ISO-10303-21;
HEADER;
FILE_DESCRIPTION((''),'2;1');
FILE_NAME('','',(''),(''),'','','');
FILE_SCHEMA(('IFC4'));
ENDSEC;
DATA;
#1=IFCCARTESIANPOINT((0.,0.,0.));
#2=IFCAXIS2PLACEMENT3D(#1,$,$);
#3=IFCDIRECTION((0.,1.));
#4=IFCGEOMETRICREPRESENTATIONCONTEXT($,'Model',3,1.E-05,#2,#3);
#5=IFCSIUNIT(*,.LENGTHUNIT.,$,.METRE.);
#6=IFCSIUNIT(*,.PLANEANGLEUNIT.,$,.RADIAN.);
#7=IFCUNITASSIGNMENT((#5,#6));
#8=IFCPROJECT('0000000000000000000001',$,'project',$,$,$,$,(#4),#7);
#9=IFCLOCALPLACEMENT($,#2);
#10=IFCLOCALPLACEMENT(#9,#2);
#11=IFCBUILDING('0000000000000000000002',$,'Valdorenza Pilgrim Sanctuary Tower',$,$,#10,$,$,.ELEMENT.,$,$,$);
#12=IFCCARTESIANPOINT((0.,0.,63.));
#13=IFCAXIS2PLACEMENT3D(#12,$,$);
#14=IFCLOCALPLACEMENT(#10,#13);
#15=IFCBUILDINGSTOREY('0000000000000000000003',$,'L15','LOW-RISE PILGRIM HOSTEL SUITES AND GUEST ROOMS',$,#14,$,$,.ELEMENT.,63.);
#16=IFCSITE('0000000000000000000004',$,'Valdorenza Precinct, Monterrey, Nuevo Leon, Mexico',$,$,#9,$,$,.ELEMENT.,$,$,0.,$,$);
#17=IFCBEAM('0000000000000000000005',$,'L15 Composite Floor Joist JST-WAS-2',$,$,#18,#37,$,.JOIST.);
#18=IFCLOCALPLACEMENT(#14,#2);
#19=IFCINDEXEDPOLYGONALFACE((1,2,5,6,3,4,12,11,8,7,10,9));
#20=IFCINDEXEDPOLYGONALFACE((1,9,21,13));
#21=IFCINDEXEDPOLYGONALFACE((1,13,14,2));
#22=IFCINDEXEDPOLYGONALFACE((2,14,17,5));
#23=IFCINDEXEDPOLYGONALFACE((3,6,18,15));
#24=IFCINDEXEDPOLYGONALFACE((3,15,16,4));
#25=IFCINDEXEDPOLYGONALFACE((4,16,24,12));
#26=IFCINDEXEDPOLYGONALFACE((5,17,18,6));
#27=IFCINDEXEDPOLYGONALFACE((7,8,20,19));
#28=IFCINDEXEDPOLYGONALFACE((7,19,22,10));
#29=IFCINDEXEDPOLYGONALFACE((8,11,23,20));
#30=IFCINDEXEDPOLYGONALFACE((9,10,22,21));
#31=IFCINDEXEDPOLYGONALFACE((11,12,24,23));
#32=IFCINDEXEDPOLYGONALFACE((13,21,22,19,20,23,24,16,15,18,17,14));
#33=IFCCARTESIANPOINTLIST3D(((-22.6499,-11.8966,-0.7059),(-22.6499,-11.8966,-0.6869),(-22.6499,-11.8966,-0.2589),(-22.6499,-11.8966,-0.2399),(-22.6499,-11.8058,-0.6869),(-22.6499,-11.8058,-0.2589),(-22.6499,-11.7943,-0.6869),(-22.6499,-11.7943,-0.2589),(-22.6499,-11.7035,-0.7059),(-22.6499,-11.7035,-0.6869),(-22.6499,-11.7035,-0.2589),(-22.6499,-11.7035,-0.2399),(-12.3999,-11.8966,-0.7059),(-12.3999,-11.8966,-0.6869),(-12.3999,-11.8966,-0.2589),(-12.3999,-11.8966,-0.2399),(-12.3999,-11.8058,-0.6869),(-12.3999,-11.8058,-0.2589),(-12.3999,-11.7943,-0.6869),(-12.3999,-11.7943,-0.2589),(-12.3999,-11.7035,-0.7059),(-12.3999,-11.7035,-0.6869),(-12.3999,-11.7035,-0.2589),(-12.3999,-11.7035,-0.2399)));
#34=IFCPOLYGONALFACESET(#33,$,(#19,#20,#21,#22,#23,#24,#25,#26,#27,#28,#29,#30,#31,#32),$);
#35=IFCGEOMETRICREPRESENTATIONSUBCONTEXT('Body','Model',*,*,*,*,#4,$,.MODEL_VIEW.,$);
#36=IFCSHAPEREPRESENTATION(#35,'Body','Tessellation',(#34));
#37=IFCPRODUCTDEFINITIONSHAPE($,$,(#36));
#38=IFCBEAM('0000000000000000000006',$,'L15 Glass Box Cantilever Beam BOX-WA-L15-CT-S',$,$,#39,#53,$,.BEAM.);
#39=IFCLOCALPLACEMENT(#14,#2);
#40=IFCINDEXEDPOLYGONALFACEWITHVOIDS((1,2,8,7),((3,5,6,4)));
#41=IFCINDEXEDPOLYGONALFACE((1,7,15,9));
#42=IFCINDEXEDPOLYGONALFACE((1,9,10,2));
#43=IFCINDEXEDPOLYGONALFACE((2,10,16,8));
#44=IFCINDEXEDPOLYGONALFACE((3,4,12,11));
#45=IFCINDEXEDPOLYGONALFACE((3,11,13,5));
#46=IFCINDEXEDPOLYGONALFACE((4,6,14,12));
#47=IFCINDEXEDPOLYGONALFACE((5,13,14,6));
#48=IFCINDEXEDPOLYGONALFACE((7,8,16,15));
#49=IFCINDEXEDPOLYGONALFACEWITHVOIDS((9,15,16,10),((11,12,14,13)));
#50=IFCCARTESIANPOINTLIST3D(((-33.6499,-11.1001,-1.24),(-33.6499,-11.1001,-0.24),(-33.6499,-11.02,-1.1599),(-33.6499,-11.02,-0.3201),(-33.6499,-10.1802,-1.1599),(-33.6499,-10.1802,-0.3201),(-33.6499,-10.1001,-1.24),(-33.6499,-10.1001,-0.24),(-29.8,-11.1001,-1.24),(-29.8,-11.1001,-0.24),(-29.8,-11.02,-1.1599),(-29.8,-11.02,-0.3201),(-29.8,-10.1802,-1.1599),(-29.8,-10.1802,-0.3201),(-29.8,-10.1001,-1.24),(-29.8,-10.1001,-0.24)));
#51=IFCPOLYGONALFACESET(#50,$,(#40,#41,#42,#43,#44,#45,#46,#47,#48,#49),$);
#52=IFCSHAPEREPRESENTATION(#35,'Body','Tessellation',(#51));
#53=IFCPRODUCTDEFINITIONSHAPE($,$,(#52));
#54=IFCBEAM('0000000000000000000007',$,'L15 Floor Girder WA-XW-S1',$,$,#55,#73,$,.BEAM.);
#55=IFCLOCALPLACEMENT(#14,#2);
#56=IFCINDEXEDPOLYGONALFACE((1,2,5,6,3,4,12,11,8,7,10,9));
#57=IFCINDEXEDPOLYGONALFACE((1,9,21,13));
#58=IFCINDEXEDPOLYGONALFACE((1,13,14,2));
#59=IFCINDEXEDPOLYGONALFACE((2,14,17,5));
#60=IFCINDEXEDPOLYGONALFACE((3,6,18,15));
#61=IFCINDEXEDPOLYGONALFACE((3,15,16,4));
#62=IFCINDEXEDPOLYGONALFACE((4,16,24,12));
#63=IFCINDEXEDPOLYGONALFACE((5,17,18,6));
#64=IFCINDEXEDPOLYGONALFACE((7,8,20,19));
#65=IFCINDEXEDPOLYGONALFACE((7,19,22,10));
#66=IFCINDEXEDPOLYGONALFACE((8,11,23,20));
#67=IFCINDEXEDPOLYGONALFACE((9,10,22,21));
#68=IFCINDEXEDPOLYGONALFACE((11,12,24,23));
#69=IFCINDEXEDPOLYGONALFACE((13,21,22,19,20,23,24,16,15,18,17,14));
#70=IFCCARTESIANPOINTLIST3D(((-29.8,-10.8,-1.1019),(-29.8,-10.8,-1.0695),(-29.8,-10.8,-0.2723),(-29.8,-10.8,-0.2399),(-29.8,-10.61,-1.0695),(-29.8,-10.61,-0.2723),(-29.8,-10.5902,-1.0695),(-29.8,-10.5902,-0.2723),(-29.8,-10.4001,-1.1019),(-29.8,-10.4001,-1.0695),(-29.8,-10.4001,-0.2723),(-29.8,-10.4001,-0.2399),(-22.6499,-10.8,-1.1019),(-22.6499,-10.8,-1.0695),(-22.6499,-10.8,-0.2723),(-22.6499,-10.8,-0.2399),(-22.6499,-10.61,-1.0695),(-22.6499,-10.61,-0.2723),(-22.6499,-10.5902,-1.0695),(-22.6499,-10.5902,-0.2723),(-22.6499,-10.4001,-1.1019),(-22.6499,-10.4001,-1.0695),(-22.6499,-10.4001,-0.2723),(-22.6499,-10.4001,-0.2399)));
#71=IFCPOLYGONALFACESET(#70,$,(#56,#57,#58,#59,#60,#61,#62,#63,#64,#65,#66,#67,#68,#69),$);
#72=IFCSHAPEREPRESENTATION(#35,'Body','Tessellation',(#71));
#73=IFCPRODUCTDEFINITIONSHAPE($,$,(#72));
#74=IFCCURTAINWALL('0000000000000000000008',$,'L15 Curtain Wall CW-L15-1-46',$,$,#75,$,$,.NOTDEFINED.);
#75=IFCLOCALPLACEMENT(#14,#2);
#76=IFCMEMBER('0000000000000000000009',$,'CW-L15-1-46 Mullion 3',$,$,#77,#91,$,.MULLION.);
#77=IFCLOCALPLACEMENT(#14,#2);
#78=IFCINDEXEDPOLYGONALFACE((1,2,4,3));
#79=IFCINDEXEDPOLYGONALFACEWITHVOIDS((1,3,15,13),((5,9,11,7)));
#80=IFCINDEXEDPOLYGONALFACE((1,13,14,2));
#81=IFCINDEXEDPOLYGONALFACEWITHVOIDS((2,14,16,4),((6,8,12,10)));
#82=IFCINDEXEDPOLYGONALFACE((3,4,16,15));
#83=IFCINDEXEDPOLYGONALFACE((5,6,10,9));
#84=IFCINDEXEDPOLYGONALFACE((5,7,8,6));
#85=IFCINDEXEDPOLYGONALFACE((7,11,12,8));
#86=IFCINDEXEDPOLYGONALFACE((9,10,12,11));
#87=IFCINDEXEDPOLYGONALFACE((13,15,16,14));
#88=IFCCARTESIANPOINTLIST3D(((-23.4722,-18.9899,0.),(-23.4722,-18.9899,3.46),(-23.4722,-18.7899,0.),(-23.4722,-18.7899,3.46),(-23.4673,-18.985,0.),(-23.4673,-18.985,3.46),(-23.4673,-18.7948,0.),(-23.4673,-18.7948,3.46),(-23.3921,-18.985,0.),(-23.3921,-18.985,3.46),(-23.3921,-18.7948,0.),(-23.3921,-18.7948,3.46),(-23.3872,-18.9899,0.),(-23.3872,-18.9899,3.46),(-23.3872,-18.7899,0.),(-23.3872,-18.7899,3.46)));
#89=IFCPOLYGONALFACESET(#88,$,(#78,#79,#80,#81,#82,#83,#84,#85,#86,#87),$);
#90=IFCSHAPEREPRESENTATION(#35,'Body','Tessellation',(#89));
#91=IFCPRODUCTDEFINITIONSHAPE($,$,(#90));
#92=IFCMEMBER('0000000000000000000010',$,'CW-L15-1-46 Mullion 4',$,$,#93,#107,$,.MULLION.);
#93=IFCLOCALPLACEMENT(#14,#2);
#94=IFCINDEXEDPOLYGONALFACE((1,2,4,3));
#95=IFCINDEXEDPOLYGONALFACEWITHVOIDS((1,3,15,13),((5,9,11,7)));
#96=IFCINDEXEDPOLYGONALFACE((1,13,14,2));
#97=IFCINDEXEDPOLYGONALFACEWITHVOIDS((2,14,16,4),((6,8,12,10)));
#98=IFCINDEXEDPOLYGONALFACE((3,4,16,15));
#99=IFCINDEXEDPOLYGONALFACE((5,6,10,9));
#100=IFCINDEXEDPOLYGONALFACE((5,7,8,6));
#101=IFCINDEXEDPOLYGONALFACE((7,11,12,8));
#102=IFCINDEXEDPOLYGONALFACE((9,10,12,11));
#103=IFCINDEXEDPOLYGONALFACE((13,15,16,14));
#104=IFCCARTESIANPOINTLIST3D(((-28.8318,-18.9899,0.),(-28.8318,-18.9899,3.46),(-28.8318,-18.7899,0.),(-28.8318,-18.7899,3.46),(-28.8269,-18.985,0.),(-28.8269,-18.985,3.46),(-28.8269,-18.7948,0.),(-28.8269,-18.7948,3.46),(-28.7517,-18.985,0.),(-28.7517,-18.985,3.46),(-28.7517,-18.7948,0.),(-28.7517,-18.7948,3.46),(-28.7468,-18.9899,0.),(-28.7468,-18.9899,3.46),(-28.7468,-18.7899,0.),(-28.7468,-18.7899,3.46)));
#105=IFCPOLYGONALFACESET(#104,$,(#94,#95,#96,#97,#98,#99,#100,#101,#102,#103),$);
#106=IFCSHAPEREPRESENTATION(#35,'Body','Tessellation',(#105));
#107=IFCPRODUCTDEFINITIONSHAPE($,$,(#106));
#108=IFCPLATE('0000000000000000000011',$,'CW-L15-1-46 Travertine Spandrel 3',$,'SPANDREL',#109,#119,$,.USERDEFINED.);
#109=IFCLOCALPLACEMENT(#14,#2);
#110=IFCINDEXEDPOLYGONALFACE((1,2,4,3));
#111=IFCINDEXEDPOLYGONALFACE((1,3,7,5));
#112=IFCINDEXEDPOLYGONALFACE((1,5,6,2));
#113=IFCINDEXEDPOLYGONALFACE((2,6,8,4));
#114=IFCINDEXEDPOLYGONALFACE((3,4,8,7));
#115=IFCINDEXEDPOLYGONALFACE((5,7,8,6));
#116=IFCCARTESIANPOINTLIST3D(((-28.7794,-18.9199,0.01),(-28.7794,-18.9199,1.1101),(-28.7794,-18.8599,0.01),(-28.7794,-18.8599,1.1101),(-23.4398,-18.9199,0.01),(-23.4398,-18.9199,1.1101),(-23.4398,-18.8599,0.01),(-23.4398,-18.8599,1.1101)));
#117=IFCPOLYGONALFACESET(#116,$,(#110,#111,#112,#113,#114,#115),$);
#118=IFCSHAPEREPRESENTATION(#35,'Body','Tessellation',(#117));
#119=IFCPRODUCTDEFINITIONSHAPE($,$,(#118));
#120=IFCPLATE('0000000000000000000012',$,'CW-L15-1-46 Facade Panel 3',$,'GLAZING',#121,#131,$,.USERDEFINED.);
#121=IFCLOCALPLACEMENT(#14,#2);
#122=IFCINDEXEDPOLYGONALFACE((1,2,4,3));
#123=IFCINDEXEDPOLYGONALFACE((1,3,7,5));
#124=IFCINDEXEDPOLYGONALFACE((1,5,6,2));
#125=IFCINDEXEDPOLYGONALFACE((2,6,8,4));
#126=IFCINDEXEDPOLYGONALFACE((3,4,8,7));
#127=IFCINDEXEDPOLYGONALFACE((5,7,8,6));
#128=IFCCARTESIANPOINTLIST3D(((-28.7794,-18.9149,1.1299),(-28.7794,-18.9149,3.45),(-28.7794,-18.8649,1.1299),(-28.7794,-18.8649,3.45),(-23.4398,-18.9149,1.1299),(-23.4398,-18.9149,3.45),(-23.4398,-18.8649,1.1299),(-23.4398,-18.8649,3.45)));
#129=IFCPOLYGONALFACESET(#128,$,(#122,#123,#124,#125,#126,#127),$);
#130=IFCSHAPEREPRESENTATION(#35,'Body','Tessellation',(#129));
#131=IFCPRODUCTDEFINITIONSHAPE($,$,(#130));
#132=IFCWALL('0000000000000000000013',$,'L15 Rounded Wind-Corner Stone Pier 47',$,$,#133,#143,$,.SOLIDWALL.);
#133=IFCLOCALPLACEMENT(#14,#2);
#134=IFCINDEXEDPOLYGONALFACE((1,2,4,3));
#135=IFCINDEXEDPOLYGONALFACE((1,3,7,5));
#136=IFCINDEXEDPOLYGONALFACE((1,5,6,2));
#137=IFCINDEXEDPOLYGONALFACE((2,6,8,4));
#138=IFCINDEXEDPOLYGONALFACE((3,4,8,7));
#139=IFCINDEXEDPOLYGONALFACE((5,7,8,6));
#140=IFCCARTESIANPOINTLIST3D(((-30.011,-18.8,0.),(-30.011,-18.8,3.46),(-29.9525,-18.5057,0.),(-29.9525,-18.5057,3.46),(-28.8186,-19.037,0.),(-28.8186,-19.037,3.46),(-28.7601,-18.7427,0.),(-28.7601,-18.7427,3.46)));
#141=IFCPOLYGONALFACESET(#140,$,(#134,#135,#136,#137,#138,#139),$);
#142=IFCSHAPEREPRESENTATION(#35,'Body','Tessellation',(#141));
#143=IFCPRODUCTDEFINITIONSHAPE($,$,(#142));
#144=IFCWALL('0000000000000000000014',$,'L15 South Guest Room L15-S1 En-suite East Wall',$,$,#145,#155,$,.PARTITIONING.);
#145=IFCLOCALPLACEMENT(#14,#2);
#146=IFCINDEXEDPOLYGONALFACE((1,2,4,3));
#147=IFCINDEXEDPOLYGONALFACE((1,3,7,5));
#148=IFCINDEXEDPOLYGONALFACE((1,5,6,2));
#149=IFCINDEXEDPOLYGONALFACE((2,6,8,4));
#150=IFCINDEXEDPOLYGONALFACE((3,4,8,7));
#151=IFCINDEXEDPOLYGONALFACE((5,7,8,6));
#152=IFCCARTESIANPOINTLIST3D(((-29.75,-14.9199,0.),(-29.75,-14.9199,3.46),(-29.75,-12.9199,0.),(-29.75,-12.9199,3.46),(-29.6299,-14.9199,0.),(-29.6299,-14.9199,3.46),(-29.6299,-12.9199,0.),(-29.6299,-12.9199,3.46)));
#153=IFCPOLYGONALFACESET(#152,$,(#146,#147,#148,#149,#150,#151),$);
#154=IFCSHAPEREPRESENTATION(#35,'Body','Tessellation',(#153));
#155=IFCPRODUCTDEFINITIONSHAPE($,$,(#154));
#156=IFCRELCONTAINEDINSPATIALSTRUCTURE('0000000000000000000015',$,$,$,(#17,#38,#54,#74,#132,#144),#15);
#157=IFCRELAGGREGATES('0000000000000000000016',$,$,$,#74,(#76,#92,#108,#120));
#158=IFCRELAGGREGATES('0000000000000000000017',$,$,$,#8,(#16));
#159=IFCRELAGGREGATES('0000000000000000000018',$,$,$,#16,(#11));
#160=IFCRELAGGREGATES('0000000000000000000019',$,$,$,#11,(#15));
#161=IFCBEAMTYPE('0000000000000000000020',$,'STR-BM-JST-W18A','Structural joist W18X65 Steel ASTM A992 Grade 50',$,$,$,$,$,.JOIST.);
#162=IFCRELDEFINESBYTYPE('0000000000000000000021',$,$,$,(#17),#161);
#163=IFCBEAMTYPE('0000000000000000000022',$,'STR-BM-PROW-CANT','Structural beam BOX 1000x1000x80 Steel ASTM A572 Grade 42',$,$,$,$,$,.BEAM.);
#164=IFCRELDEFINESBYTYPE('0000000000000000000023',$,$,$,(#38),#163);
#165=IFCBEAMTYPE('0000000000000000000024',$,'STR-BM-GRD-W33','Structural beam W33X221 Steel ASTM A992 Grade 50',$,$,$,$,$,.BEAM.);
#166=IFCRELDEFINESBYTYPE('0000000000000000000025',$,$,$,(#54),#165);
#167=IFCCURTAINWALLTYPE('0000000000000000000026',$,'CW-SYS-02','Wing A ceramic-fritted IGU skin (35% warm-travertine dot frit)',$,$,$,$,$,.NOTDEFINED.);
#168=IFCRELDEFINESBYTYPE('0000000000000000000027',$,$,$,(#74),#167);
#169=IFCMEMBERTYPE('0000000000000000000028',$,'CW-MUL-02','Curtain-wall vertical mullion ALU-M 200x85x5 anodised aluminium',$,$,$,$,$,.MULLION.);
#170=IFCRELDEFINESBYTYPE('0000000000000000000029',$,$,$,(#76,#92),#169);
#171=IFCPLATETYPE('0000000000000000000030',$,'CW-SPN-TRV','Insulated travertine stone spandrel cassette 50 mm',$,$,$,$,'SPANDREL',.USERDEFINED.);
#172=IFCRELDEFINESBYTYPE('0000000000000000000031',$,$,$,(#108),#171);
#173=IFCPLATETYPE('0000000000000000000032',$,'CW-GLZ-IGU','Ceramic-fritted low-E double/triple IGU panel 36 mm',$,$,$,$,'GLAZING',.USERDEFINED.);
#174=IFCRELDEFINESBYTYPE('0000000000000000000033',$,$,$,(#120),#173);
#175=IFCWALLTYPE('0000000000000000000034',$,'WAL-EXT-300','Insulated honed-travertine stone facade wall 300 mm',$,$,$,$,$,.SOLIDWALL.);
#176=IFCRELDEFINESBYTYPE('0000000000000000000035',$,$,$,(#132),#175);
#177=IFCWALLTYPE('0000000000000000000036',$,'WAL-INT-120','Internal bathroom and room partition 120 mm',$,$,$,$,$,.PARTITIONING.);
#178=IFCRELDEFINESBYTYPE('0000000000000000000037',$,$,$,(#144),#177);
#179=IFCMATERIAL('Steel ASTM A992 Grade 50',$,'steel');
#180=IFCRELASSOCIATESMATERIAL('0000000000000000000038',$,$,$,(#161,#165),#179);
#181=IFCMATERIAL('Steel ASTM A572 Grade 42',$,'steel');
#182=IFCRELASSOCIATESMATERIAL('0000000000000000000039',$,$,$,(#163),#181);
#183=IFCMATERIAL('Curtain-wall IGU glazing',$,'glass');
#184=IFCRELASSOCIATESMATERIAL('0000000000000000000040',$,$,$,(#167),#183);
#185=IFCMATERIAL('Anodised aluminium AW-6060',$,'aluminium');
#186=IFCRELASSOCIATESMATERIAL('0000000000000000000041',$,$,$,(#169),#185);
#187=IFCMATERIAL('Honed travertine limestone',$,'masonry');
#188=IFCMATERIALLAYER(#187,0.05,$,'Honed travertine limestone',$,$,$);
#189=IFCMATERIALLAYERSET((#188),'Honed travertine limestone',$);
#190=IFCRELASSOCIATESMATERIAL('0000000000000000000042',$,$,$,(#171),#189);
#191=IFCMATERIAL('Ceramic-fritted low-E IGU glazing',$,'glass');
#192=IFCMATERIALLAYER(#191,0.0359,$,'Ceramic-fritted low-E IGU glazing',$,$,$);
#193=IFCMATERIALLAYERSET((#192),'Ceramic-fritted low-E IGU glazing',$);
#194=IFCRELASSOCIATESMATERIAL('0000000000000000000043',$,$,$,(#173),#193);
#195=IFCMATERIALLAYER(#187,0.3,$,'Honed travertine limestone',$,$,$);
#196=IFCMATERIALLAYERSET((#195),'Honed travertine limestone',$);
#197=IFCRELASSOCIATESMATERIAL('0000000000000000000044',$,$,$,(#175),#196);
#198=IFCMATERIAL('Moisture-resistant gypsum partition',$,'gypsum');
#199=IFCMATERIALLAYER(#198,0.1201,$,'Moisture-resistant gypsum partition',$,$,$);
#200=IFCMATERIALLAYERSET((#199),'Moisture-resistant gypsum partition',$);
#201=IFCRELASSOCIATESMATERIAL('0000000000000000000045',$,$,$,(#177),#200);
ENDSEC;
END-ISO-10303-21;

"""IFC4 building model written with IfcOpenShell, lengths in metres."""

from ifc_helpers import new_model, si_unit, direction, frame, frame_2d, origin, origin_2d, place, context, subcontext, project, spatial, rectangle, hollow_rectangle, i_section, extrude, source, transform, mapped, material, layer, layer_set, material_profile, profile_set, type_object, element, aggregate, save


model = new_model("IFC4")

# Units and contexts
model_context = context("Model", 3, precision=1e-05, world=origin(), true_north=direction((0.0, 1.0)))
body_context = subcontext(model_context, "Body", "Model", "MODEL_VIEW")
ifc_project = project(units=[si_unit("LENGTHUNIT", "METRE"), si_unit("PLANEANGLEUNIT", "RADIAN")], contexts=[model_context])

# Site, building, storey
site_placement = place(None, origin())
site = spatial("IfcSite", under=ifc_project, at=site_placement, Name="Valdorenza Precinct, Monterrey, Nuevo Leon, Mexico", CompositionType="ELEMENT", RefElevation=0.0)
building_placement = place(site_placement, origin())
building = spatial("IfcBuilding", under=site, at=building_placement, Name="Valdorenza Pilgrim Sanctuary Tower", CompositionType="ELEMENT")
storey_placement = place(building_placement, frame((0.0, 0.0, 63.0)))
storey = spatial("IfcBuildingStorey", under=building, at=storey_placement, Name="L15", Description="LOW-RISE PILGRIM HOSTEL SUITES AND GUEST ROOMS", CompositionType="ELEMENT", Elevation=63.0)

# Shared definitions
ifc_material_1 = material(Name="Steel ASTM A992 Grade 50", Category="steel")

# Beams
ifc_material_profile_1 = material_profile(ifc_material_1, i_section(OverallWidth=0.1931, OverallDepth=0.4661, WebThickness=0.0115, FlangeThickness=0.019, at=origin_2d()), Name="W18X65")
ifc_profile_set_1 = profile_set([ifc_material_profile_1], Name="Steel ASTM A992 Grade 50")
beam_type_1 = type_object("IfcBeamType", Name="STR-BM-JST-W18A", Description="Structural joist W18X65 Steel ASTM A992 Grade 50", PredefinedType="JOIST", material=ifc_profile_set_1)
shared_shape_1 = source(origin(), body_context, "Body", "SweptSolid", [
    extrude(i_section(OverallWidth=0.1931, OverallDepth=0.4661, WebThickness=0.0115, FlangeThickness=0.019, at=origin_2d()), origin(), (0.0, 0.0, 1.0), 10.25),
])
for number, where, z_axis, x_axis, name in (
    (1, (-22.6499, -11.8, -0.4729), (1.0, 0.0, 0.0), (0.0, 1.0, 0.0), "L15 Composite Floor Joist JST-WAS-2"),
):
    element("IfcBeam", number, at=place(storey_placement, frame(where, z_axis=z_axis, x_axis=x_axis)), inside=storey, type_object=beam_type_1, Name=name, PredefinedType="JOIST", context=body_context, shape_type="MappedRepresentation", body=[
        mapped(shared_shape_1, transform((0.0, 0.0, 0.0), x_axis=(1.0, 0.0, 0.0), y_axis=(0.0, 1.0, 0.0), z_axis=(0.0, 0.0, 1.0), scale=1.0)),
    ])
ifc_material_2 = material(Name="Steel ASTM A572 Grade 42", Category="steel")
ifc_material_profile_2 = material_profile(ifc_material_2, hollow_rectangle(XDim=1.0, YDim=1.0, WallThickness=0.0801, at=origin_2d()), Name="BOX 1000x1000x80")
ifc_profile_set_2 = profile_set([ifc_material_profile_2], Name="Steel ASTM A572 Grade 42")
beam_type_2 = type_object("IfcBeamType", Name="STR-BM-PROW-CANT", Description="Structural beam BOX 1000x1000x80 Steel ASTM A572 Grade 42", PredefinedType="BEAM", material=ifc_profile_set_2)
shared_shape_2 = source(origin(), body_context, "Body", "SweptSolid", [
    extrude(hollow_rectangle(XDim=1.0, YDim=1.0, WallThickness=0.0801, at=origin_2d()), origin(), (0.0, 0.0, 1.0), 3.8499),
])
beam_1_placement = place(storey_placement, frame((-29.8, -10.6001, -0.74), z_axis=(-1.0, 0.0, 0.0), x_axis=(0.0, -1.0, 0.0)))
element("IfcBeam", 2, at=beam_1_placement, inside=storey, type_object=beam_type_2, Name="L15 Glass Box Cantilever Beam BOX-WA-L15-CT-S", PredefinedType="BEAM", context=body_context, shape_type="MappedRepresentation", body=[
    mapped(shared_shape_2, transform((0.0, 0.0, 0.0), x_axis=(1.0, 0.0, 0.0), y_axis=(0.0, 1.0, 0.0), z_axis=(0.0, 0.0, 1.0), scale=1.0)),
])
ifc_material_profile_3 = material_profile(ifc_material_1, i_section(OverallWidth=0.3999, OverallDepth=0.8621, WebThickness=0.0198, FlangeThickness=0.0325, at=origin_2d()), Name="W33X221")
ifc_profile_set_3 = profile_set([ifc_material_profile_3], Name="Steel ASTM A992 Grade 50")
beam_type_3 = type_object("IfcBeamType", Name="STR-BM-GRD-W33", Description="Structural beam W33X221 Steel ASTM A992 Grade 50", PredefinedType="BEAM", material=ifc_profile_set_3)
shared_shape_3 = source(origin(), body_context, "Body", "SweptSolid", [
    extrude(i_section(OverallWidth=0.3999, OverallDepth=0.8621, WebThickness=0.0198, FlangeThickness=0.0325, at=origin_2d()), origin(), (0.0, 0.0, 1.0), 7.1501),
])
beam_2_placement = place(storey_placement, frame((-29.8, -10.6001, -0.6709), z_axis=(1.0, 0.0, 0.0), x_axis=(0.0, 1.0, 0.0)))
element("IfcBeam", 3, at=beam_2_placement, inside=storey, type_object=beam_type_3, Name="L15 Floor Girder WA-XW-S1", PredefinedType="BEAM", context=body_context, shape_type="MappedRepresentation", body=[
    mapped(shared_shape_3, transform((0.0, 0.0, 0.0), x_axis=(1.0, 0.0, 0.0), y_axis=(0.0, 1.0, 0.0), z_axis=(0.0, 0.0, 1.0), scale=1.0)),
])

# Curtain wall, members, plates
ifc_material_3 = material(Name="Curtain-wall IGU glazing", Category="glass")
curtain_wall_type = type_object("IfcCurtainWallType", Name="CW-SYS-02", Description="Wing A ceramic-fritted IGU skin (35% warm-travertine dot frit)", PredefinedType="NOTDEFINED", material=ifc_material_3)
curtain_wall_placement = place(storey_placement, origin())
curtain_wall = element("IfcCurtainWall", 4, at=curtain_wall_placement, inside=storey, type_object=curtain_wall_type, Name="L15 Curtain Wall CW-L15-1-46", PredefinedType="NOTDEFINED")
ifc_material_4 = material(Name="Anodised aluminium AW-6060", Category="aluminium")
ifc_material_profile_4 = material_profile(ifc_material_4, hollow_rectangle(XDim=0.085, YDim=0.2, WallThickness=0.0049, at=origin_2d()), Name="ALU-M 200x85x5")
ifc_profile_set_4 = profile_set([ifc_material_profile_4], Name="Anodised aluminium AW-6060")
member_type = type_object("IfcMemberType", Name="CW-MUL-02", Description="Curtain-wall vertical mullion ALU-M 200x85x5 anodised aluminium", PredefinedType="MULLION", material=ifc_profile_set_4)
shared_shape_4 = source(origin(), body_context, "Body", "SweptSolid", [
    extrude(hollow_rectangle(XDim=0.085, YDim=0.2, WallThickness=0.0049, at=origin_2d()), origin(), (0.0, 0.0, 1.0), 3.46),
])
member_1_placement = place(storey_placement, frame((-23.4297, -18.8899, 0.0), z_axis=(0.0, 0.0, 1.0), x_axis=(-1.0, 0.0, 0.0)))
member_1 = element("IfcMember", 5, at=member_1_placement, type_object=member_type, Name="CW-L15-1-46 Mullion 3", PredefinedType="MULLION", context=body_context, shape_type="MappedRepresentation", body=[
    mapped(shared_shape_4, transform((0.0, 0.0, 0.0), x_axis=(1.0, 0.0, 0.0), y_axis=(0.0, 1.0, 0.0), z_axis=(0.0, 0.0, 1.0), scale=1.0)),
])
member_2_placement = place(storey_placement, frame((-28.7893, -18.8899, 0.0), z_axis=(0.0, 0.0, 1.0), x_axis=(-1.0, 0.0, 0.0)))
member_2 = element("IfcMember", 6, at=member_2_placement, type_object=member_type, Name="CW-L15-1-46 Mullion 4", PredefinedType="MULLION", context=body_context, shape_type="MappedRepresentation", body=[
    mapped(shared_shape_4, transform((0.0, 0.0, 0.0), x_axis=(1.0, 0.0, 0.0), y_axis=(0.0, 1.0, 0.0), z_axis=(0.0, 0.0, 1.0), scale=1.0)),
])
ifc_material_5 = material(Name="Honed travertine limestone", Category="masonry")
ifc_layer_1 = layer(ifc_material_5, 0.05, Name="Honed travertine limestone")
ifc_layer_set_1 = layer_set([ifc_layer_1], Name="Honed travertine limestone")
plate_type_1 = type_object("IfcPlateType", Name="CW-SPN-TRV", Description="Insulated travertine stone spandrel cassette 50 mm", ElementType="SPANDREL", PredefinedType="USERDEFINED", material=ifc_layer_set_1)
shared_shape_5 = source(origin(), body_context, "Body", "SweptSolid", [
    extrude(rectangle(XDim=5.3396, YDim=0.0601, at=origin_2d()), origin(), (0.0, 0.0, 1.0), 1.1001),
])
plate_1_placement = place(storey_placement, frame((-26.1096, -18.8899, 0.01), z_axis=(0.0, 0.0, 1.0), x_axis=(-1.0, 0.0, 0.0)))
plate_1 = element("IfcPlate", 7, at=plate_1_placement, type_object=plate_type_1, Name="CW-L15-1-46 Travertine Spandrel 3", ObjectType="SPANDREL", PredefinedType="USERDEFINED", context=body_context, shape_type="MappedRepresentation", body=[
    mapped(shared_shape_5, transform((0.0, 0.0, 0.0), x_axis=(1.0, 0.0, 0.0), y_axis=(0.0, 1.0, 0.0), z_axis=(0.0, 0.0, 1.0), scale=1.0)),
])
ifc_material_6 = material(Name="Ceramic-fritted low-E IGU glazing", Category="glass")
ifc_layer_2 = layer(ifc_material_6, 0.0359, Name="Ceramic-fritted low-E IGU glazing")
ifc_layer_set_2 = layer_set([ifc_layer_2], Name="Ceramic-fritted low-E IGU glazing")
plate_type_2 = type_object("IfcPlateType", Name="CW-GLZ-IGU", Description="Ceramic-fritted low-E double/triple IGU panel 36 mm", ElementType="GLAZING", PredefinedType="USERDEFINED", material=ifc_layer_set_2)
shared_shape_6 = source(origin(), body_context, "Body", "SweptSolid", [
    extrude(rectangle(XDim=5.3396, YDim=0.05, at=origin_2d()), origin(), (0.0, 0.0, 1.0), 2.3201),
])
plate_2_placement = place(storey_placement, frame((-26.1096, -18.8899, 1.1299), z_axis=(0.0, 0.0, 1.0), x_axis=(-1.0, 0.0, 0.0)))
plate_2 = element("IfcPlate", 8, at=plate_2_placement, type_object=plate_type_2, Name="CW-L15-1-46 Facade Panel 3", ObjectType="GLAZING", PredefinedType="USERDEFINED", context=body_context, shape_type="MappedRepresentation", body=[
    mapped(shared_shape_6, transform((0.0, 0.0, 0.0), x_axis=(1.0, 0.0, 0.0), y_axis=(0.0, 1.0, 0.0), z_axis=(0.0, 0.0, 1.0), scale=1.0)),
])
aggregate(curtain_wall, [member_1, member_2, plate_1, plate_2])

# Walls
ifc_layer_3 = layer(ifc_material_5, 0.3, Name="Honed travertine limestone")
ifc_layer_set_3 = layer_set([ifc_layer_3], Name="Honed travertine limestone")
wall_type_1 = type_object("IfcWallType", Name="WAL-EXT-300", Description="Insulated honed-travertine stone facade wall 300 mm", PredefinedType="SOLIDWALL", material=ifc_layer_set_3)
wall_1_placement = place(storey_placement, frame((-28.7893, -18.8899, 0.0), z_axis=(0.0, 0.0, 1.0), x_axis=(-0.980804, 0.194996, 0.0)))
element("IfcWall", 9, at=wall_1_placement, inside=storey, type_object=wall_type_1, Name="L15 Rounded Wind-Corner Stone Pier 47", PredefinedType="SOLIDWALL", context=body_context, shape_type="SweptSolid", body=[
    extrude(rectangle(XDim=1.2158, YDim=0.3, at=frame_2d((0.6079, 0.0))), origin(), (0.0, 0.0, 1.0), 3.46),
])
ifc_material_7 = material(Name="Moisture-resistant gypsum partition", Category="gypsum")
ifc_layer_4 = layer(ifc_material_7, 0.1201, Name="Moisture-resistant gypsum partition")
ifc_layer_set_4 = layer_set([ifc_layer_4], Name="Moisture-resistant gypsum partition")
wall_type_2 = type_object("IfcWallType", Name="WAL-INT-120", Description="Internal bathroom and room partition 120 mm", PredefinedType="PARTITIONING", material=ifc_layer_set_4)
wall_2_placement = place(storey_placement, frame((-29.6899, -14.9199, 0.0), z_axis=(0.0, 0.0, 1.0), x_axis=(0.0, 1.0, 0.0)))
element("IfcWall", 10, at=wall_2_placement, inside=storey, type_object=wall_type_2, Name="L15 South Guest Room L15-S1 En-suite East Wall", PredefinedType="PARTITIONING", context=body_context, shape_type="SweptSolid", body=[
    extrude(rectangle(XDim=2.0, YDim=0.1201, at=frame_2d((1.0, 0.0))), origin(), (0.0, 0.0, 1.0), 3.46),
])

save(model, "model.ifc")
